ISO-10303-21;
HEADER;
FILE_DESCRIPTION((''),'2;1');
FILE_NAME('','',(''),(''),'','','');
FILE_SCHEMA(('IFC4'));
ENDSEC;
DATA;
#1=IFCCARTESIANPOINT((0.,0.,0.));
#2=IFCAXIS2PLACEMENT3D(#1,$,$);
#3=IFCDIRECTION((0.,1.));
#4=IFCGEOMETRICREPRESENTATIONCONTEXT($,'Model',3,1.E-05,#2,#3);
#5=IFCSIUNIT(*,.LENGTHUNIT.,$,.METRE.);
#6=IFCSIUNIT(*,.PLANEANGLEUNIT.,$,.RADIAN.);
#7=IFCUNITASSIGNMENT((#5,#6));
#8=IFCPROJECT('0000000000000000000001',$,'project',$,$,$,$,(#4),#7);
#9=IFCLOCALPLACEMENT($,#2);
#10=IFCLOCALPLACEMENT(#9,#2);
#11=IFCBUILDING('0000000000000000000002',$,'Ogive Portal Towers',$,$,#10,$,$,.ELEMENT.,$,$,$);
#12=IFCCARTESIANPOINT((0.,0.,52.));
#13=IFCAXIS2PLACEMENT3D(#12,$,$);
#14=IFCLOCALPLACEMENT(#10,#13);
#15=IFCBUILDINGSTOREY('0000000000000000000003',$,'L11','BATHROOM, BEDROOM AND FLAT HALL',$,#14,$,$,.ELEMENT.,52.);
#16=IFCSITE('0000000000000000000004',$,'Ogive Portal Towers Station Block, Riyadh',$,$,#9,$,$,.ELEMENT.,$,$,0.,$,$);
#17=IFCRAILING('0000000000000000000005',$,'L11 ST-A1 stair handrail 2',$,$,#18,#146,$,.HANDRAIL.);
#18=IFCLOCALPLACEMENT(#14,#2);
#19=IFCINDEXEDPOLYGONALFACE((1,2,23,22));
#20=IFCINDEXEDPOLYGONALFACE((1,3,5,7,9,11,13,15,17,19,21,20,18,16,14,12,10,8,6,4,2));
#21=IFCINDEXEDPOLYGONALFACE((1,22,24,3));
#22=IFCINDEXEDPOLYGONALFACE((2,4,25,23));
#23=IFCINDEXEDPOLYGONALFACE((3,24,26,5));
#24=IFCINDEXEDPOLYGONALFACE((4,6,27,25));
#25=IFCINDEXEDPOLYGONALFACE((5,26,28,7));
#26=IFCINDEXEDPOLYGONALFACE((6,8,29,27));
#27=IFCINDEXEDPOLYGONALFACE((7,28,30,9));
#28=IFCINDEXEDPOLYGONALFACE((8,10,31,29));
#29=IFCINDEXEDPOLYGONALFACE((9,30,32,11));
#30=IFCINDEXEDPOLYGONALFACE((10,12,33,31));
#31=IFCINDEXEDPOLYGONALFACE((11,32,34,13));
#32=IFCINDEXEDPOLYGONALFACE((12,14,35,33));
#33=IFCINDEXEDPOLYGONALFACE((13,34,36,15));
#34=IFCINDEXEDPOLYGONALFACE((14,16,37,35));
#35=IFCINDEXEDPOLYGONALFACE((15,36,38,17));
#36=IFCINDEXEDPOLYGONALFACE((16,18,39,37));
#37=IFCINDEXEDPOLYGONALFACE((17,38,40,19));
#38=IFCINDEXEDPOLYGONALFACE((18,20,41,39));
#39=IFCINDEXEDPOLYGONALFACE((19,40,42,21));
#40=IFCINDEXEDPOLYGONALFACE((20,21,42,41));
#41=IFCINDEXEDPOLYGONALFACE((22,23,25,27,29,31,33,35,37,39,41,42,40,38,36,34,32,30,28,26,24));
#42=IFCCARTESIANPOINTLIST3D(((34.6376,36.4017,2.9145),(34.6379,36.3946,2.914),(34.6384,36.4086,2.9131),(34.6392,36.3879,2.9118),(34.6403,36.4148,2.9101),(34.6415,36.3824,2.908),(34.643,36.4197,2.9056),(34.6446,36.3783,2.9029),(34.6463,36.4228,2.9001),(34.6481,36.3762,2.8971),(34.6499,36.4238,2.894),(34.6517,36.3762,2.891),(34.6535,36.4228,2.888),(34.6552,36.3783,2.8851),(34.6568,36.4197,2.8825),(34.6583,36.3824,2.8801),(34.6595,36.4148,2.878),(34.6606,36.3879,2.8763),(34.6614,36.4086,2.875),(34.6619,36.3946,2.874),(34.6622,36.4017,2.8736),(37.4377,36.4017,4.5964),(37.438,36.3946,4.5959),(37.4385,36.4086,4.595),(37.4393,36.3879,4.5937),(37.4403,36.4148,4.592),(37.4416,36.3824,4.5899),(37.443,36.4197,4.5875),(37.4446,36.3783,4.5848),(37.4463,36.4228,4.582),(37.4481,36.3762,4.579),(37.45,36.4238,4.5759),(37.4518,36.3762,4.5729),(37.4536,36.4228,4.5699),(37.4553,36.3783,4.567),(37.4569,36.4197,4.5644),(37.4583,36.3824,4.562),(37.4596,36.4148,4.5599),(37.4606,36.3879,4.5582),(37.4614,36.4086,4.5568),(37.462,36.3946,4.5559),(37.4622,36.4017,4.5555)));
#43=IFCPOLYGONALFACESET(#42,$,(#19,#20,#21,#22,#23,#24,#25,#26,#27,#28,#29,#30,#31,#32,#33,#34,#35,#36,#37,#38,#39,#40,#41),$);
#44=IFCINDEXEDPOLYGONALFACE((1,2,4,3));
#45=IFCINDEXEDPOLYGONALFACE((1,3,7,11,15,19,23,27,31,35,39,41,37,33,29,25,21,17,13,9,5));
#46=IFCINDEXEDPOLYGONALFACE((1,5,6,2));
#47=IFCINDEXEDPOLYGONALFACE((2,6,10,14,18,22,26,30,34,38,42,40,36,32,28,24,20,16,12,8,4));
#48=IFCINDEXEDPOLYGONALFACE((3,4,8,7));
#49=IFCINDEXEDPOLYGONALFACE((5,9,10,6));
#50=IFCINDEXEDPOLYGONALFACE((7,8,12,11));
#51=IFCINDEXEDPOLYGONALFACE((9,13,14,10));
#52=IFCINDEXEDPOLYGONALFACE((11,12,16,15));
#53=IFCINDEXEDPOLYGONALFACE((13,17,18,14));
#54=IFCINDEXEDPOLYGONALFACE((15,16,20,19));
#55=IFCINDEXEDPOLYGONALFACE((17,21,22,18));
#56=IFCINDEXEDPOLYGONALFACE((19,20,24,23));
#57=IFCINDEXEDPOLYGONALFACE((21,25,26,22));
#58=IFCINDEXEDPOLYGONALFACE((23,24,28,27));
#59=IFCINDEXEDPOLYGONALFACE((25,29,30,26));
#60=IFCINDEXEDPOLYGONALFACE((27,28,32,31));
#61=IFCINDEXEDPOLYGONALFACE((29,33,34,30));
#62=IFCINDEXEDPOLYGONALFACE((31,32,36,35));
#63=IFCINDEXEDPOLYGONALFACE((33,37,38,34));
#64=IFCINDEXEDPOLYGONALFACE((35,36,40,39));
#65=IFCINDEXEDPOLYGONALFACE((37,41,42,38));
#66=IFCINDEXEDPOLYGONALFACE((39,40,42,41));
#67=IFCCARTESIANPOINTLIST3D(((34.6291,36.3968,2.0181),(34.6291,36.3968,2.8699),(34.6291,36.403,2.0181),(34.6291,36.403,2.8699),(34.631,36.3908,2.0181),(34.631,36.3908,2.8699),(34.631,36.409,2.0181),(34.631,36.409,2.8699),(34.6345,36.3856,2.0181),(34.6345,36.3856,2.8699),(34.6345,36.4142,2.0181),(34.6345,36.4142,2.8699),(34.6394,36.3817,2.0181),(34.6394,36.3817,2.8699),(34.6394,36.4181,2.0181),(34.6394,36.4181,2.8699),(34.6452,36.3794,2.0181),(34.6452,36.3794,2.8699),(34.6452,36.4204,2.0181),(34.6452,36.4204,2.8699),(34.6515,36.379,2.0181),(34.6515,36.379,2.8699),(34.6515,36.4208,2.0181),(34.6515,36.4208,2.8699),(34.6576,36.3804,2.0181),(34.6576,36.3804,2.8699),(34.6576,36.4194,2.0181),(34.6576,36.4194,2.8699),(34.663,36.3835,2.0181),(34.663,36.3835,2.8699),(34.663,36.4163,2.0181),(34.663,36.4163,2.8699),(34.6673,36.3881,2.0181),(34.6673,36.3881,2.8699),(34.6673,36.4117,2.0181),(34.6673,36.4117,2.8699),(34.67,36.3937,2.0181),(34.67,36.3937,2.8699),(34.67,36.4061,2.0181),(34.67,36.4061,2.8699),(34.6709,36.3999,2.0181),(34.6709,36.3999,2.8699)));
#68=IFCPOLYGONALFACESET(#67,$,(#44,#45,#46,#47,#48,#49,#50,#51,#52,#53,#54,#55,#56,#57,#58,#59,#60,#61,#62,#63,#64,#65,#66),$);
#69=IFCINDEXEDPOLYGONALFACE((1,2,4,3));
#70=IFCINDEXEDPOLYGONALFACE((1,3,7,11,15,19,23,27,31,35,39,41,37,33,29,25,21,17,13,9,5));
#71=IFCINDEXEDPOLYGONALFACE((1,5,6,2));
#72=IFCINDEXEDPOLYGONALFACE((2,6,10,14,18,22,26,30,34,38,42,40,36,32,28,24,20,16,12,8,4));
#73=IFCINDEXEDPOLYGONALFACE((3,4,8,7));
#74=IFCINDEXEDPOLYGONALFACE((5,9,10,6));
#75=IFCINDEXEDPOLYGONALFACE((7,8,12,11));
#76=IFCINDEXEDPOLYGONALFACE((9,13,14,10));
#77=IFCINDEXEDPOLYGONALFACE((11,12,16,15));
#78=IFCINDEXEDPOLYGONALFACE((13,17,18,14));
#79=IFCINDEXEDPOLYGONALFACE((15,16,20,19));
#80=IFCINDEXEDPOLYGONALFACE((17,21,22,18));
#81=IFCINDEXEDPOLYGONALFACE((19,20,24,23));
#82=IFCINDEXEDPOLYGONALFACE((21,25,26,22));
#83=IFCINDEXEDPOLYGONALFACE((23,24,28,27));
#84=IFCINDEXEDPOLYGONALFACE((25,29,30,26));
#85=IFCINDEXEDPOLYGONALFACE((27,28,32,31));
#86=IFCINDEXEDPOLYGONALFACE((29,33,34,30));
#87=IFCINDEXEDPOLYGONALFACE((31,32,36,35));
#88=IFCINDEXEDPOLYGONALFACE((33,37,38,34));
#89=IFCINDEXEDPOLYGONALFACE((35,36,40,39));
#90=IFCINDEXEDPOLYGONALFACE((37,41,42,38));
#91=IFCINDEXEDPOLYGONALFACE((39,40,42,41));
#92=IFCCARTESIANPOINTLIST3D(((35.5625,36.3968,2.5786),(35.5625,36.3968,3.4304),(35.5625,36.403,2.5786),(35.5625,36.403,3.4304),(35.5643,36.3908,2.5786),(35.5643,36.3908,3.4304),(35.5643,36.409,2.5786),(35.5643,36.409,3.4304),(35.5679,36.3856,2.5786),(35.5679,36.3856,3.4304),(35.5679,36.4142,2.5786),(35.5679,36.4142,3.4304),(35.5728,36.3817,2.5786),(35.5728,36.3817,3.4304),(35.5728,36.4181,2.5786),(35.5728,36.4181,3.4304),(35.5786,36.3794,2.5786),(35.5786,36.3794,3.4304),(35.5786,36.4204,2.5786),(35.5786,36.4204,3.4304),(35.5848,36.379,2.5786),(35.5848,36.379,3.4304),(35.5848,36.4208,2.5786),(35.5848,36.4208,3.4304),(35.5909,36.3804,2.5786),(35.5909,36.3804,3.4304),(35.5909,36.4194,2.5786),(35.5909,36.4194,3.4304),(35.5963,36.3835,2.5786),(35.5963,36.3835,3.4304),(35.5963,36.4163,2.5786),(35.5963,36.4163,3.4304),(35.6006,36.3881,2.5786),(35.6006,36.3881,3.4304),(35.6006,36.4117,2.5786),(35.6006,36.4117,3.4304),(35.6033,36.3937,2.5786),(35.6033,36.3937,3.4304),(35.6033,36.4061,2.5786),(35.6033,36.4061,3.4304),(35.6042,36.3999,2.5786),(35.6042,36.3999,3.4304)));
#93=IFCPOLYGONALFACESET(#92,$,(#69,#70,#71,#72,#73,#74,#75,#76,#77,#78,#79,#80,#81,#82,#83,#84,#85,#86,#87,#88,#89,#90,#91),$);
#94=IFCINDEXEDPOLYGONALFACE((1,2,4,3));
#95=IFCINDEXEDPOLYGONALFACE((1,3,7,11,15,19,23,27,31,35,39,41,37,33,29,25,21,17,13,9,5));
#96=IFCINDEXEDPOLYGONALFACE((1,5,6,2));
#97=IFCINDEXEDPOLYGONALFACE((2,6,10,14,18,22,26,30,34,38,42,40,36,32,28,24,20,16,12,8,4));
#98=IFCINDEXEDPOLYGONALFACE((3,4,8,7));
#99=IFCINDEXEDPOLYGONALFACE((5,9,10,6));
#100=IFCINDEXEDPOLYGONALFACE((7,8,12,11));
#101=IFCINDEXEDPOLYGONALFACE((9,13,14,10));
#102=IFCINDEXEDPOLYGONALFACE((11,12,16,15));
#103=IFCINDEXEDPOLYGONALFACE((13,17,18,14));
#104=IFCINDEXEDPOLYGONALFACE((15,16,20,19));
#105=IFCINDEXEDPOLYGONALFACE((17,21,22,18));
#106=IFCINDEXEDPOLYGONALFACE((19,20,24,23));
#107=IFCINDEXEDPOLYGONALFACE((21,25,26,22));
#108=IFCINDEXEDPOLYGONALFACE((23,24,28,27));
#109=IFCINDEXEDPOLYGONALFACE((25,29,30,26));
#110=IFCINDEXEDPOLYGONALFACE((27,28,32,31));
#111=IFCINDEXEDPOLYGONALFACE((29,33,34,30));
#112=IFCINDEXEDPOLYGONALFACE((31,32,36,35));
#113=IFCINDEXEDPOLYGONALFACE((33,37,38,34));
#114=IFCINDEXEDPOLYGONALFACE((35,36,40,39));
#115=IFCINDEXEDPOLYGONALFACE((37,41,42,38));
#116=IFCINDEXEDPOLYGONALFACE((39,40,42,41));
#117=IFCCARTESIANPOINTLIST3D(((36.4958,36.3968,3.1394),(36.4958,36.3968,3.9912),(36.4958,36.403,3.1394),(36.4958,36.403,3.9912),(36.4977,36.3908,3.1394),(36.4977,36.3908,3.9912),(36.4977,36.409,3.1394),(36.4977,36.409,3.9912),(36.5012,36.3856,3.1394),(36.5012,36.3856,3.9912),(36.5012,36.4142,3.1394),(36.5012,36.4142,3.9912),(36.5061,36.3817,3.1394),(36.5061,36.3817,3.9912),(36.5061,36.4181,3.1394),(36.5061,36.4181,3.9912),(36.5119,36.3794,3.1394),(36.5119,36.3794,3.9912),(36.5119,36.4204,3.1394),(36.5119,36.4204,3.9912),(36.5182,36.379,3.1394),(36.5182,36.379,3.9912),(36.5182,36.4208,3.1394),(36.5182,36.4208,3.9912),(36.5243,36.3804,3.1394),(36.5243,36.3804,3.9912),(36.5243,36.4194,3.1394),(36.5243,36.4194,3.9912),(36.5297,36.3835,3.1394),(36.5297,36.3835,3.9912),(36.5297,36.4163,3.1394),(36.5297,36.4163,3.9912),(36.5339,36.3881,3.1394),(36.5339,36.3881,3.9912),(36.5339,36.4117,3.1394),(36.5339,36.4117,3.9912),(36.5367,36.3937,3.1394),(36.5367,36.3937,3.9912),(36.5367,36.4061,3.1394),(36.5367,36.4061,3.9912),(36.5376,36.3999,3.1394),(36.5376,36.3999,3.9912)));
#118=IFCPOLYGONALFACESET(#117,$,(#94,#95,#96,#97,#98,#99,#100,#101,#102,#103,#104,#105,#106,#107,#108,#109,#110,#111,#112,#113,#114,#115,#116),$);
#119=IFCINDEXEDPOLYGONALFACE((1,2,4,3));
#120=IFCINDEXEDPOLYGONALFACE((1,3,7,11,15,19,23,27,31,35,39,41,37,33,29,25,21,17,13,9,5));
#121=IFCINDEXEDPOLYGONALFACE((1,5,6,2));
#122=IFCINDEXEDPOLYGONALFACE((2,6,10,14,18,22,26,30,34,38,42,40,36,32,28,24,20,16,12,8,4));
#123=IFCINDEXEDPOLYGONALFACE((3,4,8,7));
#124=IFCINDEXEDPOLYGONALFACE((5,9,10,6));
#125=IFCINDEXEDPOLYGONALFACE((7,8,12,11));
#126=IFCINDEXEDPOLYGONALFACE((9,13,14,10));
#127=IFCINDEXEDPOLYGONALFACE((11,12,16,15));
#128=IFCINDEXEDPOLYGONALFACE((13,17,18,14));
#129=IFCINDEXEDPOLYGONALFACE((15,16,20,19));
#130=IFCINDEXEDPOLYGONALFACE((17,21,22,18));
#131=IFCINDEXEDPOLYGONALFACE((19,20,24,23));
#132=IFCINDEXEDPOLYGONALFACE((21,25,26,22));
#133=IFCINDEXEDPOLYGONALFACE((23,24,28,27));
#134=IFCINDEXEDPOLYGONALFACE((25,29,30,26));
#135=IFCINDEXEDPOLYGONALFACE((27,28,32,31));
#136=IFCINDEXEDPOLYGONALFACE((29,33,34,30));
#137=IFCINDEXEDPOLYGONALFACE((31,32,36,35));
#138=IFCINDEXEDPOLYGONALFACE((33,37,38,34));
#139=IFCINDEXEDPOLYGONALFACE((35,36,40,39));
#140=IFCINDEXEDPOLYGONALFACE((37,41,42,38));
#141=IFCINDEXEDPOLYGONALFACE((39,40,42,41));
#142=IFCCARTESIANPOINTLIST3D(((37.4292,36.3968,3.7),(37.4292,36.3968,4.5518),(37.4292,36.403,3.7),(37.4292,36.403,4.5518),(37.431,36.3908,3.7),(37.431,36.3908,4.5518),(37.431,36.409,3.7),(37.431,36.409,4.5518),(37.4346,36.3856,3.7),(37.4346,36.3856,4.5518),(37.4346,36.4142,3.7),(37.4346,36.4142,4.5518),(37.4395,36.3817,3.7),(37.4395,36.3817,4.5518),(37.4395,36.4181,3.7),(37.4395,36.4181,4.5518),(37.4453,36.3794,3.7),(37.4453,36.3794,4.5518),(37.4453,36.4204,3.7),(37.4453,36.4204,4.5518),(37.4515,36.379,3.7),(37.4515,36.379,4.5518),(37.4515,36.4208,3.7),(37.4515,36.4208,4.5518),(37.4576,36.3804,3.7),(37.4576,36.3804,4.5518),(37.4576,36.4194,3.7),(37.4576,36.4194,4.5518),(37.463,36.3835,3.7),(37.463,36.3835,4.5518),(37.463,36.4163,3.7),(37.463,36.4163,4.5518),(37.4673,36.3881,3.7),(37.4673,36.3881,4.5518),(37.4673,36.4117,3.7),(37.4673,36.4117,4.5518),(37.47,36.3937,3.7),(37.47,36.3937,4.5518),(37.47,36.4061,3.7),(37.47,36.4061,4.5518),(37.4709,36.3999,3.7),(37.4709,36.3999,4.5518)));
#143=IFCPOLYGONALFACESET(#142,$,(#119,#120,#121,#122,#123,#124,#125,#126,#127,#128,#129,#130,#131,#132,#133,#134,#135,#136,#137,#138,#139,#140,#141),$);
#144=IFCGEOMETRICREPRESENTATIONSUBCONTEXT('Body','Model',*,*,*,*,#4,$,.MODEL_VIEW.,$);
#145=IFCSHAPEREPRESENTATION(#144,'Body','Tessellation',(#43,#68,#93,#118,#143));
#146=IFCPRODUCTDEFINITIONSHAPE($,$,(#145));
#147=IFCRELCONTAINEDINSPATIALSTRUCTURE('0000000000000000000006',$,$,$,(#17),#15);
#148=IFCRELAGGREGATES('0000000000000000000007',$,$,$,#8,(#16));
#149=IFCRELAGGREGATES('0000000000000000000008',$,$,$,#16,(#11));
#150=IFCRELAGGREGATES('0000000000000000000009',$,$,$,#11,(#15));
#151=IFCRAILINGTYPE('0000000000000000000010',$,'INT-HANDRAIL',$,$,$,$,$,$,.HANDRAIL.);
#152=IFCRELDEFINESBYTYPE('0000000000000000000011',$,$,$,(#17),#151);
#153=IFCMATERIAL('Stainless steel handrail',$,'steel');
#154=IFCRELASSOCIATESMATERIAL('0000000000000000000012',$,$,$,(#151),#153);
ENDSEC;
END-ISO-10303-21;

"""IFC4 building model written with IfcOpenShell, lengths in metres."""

from ifc_helpers import new_model, si_unit, direction, frame, origin, origin_2d, place, context, subcontext, project, spatial, circle, extrude, material, type_object, element, save


model = new_model("IFC4")

# Units and contexts
model_context = context("Model", 3, precision=1e-05, world=origin(), true_north=direction((0.0, 1.0)))
body_context = subcontext(model_context, "Body", "Model", "MODEL_VIEW")
ifc_project = project(units=[si_unit("LENGTHUNIT", "METRE"), si_unit("PLANEANGLEUNIT", "RADIAN")], contexts=[model_context])

# Site, building, storey
site_placement = place(None, origin())
site = spatial("IfcSite", under=ifc_project, at=site_placement, Name="Ogive Portal Towers Station Block, Riyadh", CompositionType="ELEMENT", RefElevation=0.0)
building_placement = place(site_placement, origin())
building = spatial("IfcBuilding", under=site, at=building_placement, Name="Ogive Portal Towers", CompositionType="ELEMENT")
storey_placement = place(building_placement, frame((0.0, 0.0, 52.0)))
storey = spatial("IfcBuildingStorey", under=building, at=storey_placement, Name="L11", Description="BATHROOM, BEDROOM AND FLAT HALL", CompositionType="ELEMENT", Elevation=52.0)

# Railing
ifc_material_1 = material(Name="Stainless steel handrail", Category="steel")
railing_type_1 = type_object("IfcRailingType", Name="INT-HANDRAIL", PredefinedType="HANDRAIL", material=ifc_material_1)
railing_1_placement = place(storey_placement, frame((34.6499, 36.3999, 2.0181)))
element("IfcRailing", 1, at=railing_1_placement, inside=storey, type_object=railing_type_1, Name="L11 ST-A1 stair handrail 2", PredefinedType="HANDRAIL", context=body_context, shape_type="SweptSolid", body=[
    extrude(circle(Radius=0.0239, at=origin_2d()), frame((0.0, 0.0, 0.876), z_axis=(0.857242, 0.0, 0.514913), x_axis=(0.0, 1.0, 0.0)), (0.0, 0.0, 1.0), 3.2664),
    extrude(circle(Radius=0.021, at=origin_2d()), origin(), (0.0, 0.0, 1.0), 0.8518),
    extrude(circle(Radius=0.021, at=origin_2d()), frame((0.9333, 0.0, 0.5605)), (0.0, 0.0, 1.0), 0.8518),
    extrude(circle(Radius=0.021, at=origin_2d()), frame((1.8667, 0.0, 1.1213)), (0.0, 0.0, 1.0), 0.8518),
    extrude(circle(Radius=0.021, at=origin_2d()), frame((2.8, 0.0, 1.6819)), (0.0, 0.0, 1.0), 0.8518),
])

save(model, "model.ifc")
